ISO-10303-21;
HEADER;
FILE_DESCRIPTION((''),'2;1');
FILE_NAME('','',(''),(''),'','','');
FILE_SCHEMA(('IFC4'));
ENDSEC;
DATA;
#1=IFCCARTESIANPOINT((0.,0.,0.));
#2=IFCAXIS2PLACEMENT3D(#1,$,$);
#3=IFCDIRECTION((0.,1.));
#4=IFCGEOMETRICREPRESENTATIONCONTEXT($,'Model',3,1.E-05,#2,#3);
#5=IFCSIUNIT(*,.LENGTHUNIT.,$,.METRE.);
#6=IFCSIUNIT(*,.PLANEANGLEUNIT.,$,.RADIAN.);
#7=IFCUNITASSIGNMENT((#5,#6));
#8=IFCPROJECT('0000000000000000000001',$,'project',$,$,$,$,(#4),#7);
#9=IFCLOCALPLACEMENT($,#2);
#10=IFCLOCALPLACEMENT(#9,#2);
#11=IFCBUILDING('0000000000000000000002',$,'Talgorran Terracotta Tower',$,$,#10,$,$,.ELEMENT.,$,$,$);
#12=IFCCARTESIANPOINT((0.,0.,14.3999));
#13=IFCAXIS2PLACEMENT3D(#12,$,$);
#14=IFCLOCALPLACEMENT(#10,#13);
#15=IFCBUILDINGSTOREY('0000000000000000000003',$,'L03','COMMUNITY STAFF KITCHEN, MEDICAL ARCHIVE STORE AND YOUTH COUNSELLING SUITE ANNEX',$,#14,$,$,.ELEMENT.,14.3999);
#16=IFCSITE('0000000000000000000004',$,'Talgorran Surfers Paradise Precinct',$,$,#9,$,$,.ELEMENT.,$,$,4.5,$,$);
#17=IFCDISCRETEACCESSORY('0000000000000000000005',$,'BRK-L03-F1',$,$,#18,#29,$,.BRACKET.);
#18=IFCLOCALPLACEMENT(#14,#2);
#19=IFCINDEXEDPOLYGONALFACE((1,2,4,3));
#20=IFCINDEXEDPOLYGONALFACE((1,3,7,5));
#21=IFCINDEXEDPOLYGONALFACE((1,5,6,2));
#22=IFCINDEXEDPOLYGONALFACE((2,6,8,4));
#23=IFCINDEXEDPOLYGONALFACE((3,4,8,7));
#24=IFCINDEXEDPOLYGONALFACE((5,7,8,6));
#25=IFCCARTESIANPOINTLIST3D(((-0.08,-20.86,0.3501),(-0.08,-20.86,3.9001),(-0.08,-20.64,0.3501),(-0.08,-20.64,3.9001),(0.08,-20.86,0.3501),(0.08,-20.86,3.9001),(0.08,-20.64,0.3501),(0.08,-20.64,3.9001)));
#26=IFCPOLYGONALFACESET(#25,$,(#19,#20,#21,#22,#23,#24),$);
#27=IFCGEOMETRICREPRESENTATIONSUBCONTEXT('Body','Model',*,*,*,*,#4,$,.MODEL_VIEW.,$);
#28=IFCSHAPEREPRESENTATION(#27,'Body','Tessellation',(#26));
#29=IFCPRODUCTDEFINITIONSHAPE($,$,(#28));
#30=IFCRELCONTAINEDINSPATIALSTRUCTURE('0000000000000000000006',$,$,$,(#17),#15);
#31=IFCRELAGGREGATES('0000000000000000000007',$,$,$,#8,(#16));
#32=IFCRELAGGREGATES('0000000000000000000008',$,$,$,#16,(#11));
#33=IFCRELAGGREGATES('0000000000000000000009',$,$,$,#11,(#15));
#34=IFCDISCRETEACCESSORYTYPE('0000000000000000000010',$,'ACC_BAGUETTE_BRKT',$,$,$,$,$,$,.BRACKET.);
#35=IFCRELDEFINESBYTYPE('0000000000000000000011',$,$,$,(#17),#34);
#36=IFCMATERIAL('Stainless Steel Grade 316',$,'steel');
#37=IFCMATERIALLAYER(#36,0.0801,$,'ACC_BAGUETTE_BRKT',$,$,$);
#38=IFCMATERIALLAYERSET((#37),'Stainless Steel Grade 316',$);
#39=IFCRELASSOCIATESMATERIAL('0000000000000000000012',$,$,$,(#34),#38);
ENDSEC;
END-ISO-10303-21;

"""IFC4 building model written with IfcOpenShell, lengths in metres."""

from ifc_helpers import new_model, si_unit, direction, frame, origin, origin_2d, place, context, subcontext, project, spatial, rectangle, extrude, source, transform, mapped, material, layer, layer_set, type_object, type_shapes, element, save


model = new_model("IFC4")

# Units and contexts
model_context = context("Model", 3, precision=1e-05, world=origin(), true_north=direction((0.0, 1.0)))
body_context = subcontext(model_context, "Body", "Model", "MODEL_VIEW")
ifc_project = project(units=[si_unit("LENGTHUNIT", "METRE"), si_unit("PLANEANGLEUNIT", "RADIAN")], contexts=[model_context])

# Site, building, storey
site_placement = place(None, origin())
site = spatial("IfcSite", under=ifc_project, at=site_placement, Name="Talgorran Surfers Paradise Precinct", CompositionType="ELEMENT", RefElevation=4.5)
building_placement = place(site_placement, origin())
building = spatial("IfcBuilding", under=site, at=building_placement, Name="Talgorran Terracotta Tower", CompositionType="ELEMENT")
storey_placement = place(building_placement, frame((0.0, 0.0, 14.3999)))
storey = spatial("IfcBuildingStorey", under=building, at=storey_placement, Name="L03", Description="COMMUNITY STAFF KITCHEN, MEDICAL ARCHIVE STORE AND YOUTH COUNSELLING SUITE ANNEX", CompositionType="ELEMENT", Elevation=14.3999)

# Discrete accessory
ifc_material_1 = material(Name="Stainless Steel Grade 316", Category="steel")
ifc_layer_1 = layer(ifc_material_1, 0.0801, Name="ACC_BAGUETTE_BRKT")
ifc_layer_set_1 = layer_set([ifc_layer_1], Name="Stainless Steel Grade 316")
discrete_accessory_type = type_object("IfcDiscreteAccessoryType", Name="ACC_BAGUETTE_BRKT", PredefinedType="BRACKET", material=ifc_layer_set_1)
shared_shape_1 = source(origin(), body_context, "Body", "SweptSolid", [
    extrude(rectangle(XDim=0.1599, YDim=0.22, at=origin_2d()), origin(), (0.0, 0.0, 1.0), 3.55),
])
type_shapes(discrete_accessory_type, [shared_shape_1])
discrete_accessory_placement = place(storey_placement, frame((0.0, -20.75, 0.3501), z_axis=(0.0, 0.0, 1.0), x_axis=(1.0, 0.0, 0.0)))
element("IfcDiscreteAccessory", 1, at=discrete_accessory_placement, inside=storey, type_object=discrete_accessory_type, Name="BRK-L03-F1", PredefinedType="BRACKET", context=body_context, shape_type="MappedRepresentation", body=[
    mapped(shared_shape_1, transform((0.0, 0.0, 0.0), scale=1.0)),
])

save(model, "model.ifc")
